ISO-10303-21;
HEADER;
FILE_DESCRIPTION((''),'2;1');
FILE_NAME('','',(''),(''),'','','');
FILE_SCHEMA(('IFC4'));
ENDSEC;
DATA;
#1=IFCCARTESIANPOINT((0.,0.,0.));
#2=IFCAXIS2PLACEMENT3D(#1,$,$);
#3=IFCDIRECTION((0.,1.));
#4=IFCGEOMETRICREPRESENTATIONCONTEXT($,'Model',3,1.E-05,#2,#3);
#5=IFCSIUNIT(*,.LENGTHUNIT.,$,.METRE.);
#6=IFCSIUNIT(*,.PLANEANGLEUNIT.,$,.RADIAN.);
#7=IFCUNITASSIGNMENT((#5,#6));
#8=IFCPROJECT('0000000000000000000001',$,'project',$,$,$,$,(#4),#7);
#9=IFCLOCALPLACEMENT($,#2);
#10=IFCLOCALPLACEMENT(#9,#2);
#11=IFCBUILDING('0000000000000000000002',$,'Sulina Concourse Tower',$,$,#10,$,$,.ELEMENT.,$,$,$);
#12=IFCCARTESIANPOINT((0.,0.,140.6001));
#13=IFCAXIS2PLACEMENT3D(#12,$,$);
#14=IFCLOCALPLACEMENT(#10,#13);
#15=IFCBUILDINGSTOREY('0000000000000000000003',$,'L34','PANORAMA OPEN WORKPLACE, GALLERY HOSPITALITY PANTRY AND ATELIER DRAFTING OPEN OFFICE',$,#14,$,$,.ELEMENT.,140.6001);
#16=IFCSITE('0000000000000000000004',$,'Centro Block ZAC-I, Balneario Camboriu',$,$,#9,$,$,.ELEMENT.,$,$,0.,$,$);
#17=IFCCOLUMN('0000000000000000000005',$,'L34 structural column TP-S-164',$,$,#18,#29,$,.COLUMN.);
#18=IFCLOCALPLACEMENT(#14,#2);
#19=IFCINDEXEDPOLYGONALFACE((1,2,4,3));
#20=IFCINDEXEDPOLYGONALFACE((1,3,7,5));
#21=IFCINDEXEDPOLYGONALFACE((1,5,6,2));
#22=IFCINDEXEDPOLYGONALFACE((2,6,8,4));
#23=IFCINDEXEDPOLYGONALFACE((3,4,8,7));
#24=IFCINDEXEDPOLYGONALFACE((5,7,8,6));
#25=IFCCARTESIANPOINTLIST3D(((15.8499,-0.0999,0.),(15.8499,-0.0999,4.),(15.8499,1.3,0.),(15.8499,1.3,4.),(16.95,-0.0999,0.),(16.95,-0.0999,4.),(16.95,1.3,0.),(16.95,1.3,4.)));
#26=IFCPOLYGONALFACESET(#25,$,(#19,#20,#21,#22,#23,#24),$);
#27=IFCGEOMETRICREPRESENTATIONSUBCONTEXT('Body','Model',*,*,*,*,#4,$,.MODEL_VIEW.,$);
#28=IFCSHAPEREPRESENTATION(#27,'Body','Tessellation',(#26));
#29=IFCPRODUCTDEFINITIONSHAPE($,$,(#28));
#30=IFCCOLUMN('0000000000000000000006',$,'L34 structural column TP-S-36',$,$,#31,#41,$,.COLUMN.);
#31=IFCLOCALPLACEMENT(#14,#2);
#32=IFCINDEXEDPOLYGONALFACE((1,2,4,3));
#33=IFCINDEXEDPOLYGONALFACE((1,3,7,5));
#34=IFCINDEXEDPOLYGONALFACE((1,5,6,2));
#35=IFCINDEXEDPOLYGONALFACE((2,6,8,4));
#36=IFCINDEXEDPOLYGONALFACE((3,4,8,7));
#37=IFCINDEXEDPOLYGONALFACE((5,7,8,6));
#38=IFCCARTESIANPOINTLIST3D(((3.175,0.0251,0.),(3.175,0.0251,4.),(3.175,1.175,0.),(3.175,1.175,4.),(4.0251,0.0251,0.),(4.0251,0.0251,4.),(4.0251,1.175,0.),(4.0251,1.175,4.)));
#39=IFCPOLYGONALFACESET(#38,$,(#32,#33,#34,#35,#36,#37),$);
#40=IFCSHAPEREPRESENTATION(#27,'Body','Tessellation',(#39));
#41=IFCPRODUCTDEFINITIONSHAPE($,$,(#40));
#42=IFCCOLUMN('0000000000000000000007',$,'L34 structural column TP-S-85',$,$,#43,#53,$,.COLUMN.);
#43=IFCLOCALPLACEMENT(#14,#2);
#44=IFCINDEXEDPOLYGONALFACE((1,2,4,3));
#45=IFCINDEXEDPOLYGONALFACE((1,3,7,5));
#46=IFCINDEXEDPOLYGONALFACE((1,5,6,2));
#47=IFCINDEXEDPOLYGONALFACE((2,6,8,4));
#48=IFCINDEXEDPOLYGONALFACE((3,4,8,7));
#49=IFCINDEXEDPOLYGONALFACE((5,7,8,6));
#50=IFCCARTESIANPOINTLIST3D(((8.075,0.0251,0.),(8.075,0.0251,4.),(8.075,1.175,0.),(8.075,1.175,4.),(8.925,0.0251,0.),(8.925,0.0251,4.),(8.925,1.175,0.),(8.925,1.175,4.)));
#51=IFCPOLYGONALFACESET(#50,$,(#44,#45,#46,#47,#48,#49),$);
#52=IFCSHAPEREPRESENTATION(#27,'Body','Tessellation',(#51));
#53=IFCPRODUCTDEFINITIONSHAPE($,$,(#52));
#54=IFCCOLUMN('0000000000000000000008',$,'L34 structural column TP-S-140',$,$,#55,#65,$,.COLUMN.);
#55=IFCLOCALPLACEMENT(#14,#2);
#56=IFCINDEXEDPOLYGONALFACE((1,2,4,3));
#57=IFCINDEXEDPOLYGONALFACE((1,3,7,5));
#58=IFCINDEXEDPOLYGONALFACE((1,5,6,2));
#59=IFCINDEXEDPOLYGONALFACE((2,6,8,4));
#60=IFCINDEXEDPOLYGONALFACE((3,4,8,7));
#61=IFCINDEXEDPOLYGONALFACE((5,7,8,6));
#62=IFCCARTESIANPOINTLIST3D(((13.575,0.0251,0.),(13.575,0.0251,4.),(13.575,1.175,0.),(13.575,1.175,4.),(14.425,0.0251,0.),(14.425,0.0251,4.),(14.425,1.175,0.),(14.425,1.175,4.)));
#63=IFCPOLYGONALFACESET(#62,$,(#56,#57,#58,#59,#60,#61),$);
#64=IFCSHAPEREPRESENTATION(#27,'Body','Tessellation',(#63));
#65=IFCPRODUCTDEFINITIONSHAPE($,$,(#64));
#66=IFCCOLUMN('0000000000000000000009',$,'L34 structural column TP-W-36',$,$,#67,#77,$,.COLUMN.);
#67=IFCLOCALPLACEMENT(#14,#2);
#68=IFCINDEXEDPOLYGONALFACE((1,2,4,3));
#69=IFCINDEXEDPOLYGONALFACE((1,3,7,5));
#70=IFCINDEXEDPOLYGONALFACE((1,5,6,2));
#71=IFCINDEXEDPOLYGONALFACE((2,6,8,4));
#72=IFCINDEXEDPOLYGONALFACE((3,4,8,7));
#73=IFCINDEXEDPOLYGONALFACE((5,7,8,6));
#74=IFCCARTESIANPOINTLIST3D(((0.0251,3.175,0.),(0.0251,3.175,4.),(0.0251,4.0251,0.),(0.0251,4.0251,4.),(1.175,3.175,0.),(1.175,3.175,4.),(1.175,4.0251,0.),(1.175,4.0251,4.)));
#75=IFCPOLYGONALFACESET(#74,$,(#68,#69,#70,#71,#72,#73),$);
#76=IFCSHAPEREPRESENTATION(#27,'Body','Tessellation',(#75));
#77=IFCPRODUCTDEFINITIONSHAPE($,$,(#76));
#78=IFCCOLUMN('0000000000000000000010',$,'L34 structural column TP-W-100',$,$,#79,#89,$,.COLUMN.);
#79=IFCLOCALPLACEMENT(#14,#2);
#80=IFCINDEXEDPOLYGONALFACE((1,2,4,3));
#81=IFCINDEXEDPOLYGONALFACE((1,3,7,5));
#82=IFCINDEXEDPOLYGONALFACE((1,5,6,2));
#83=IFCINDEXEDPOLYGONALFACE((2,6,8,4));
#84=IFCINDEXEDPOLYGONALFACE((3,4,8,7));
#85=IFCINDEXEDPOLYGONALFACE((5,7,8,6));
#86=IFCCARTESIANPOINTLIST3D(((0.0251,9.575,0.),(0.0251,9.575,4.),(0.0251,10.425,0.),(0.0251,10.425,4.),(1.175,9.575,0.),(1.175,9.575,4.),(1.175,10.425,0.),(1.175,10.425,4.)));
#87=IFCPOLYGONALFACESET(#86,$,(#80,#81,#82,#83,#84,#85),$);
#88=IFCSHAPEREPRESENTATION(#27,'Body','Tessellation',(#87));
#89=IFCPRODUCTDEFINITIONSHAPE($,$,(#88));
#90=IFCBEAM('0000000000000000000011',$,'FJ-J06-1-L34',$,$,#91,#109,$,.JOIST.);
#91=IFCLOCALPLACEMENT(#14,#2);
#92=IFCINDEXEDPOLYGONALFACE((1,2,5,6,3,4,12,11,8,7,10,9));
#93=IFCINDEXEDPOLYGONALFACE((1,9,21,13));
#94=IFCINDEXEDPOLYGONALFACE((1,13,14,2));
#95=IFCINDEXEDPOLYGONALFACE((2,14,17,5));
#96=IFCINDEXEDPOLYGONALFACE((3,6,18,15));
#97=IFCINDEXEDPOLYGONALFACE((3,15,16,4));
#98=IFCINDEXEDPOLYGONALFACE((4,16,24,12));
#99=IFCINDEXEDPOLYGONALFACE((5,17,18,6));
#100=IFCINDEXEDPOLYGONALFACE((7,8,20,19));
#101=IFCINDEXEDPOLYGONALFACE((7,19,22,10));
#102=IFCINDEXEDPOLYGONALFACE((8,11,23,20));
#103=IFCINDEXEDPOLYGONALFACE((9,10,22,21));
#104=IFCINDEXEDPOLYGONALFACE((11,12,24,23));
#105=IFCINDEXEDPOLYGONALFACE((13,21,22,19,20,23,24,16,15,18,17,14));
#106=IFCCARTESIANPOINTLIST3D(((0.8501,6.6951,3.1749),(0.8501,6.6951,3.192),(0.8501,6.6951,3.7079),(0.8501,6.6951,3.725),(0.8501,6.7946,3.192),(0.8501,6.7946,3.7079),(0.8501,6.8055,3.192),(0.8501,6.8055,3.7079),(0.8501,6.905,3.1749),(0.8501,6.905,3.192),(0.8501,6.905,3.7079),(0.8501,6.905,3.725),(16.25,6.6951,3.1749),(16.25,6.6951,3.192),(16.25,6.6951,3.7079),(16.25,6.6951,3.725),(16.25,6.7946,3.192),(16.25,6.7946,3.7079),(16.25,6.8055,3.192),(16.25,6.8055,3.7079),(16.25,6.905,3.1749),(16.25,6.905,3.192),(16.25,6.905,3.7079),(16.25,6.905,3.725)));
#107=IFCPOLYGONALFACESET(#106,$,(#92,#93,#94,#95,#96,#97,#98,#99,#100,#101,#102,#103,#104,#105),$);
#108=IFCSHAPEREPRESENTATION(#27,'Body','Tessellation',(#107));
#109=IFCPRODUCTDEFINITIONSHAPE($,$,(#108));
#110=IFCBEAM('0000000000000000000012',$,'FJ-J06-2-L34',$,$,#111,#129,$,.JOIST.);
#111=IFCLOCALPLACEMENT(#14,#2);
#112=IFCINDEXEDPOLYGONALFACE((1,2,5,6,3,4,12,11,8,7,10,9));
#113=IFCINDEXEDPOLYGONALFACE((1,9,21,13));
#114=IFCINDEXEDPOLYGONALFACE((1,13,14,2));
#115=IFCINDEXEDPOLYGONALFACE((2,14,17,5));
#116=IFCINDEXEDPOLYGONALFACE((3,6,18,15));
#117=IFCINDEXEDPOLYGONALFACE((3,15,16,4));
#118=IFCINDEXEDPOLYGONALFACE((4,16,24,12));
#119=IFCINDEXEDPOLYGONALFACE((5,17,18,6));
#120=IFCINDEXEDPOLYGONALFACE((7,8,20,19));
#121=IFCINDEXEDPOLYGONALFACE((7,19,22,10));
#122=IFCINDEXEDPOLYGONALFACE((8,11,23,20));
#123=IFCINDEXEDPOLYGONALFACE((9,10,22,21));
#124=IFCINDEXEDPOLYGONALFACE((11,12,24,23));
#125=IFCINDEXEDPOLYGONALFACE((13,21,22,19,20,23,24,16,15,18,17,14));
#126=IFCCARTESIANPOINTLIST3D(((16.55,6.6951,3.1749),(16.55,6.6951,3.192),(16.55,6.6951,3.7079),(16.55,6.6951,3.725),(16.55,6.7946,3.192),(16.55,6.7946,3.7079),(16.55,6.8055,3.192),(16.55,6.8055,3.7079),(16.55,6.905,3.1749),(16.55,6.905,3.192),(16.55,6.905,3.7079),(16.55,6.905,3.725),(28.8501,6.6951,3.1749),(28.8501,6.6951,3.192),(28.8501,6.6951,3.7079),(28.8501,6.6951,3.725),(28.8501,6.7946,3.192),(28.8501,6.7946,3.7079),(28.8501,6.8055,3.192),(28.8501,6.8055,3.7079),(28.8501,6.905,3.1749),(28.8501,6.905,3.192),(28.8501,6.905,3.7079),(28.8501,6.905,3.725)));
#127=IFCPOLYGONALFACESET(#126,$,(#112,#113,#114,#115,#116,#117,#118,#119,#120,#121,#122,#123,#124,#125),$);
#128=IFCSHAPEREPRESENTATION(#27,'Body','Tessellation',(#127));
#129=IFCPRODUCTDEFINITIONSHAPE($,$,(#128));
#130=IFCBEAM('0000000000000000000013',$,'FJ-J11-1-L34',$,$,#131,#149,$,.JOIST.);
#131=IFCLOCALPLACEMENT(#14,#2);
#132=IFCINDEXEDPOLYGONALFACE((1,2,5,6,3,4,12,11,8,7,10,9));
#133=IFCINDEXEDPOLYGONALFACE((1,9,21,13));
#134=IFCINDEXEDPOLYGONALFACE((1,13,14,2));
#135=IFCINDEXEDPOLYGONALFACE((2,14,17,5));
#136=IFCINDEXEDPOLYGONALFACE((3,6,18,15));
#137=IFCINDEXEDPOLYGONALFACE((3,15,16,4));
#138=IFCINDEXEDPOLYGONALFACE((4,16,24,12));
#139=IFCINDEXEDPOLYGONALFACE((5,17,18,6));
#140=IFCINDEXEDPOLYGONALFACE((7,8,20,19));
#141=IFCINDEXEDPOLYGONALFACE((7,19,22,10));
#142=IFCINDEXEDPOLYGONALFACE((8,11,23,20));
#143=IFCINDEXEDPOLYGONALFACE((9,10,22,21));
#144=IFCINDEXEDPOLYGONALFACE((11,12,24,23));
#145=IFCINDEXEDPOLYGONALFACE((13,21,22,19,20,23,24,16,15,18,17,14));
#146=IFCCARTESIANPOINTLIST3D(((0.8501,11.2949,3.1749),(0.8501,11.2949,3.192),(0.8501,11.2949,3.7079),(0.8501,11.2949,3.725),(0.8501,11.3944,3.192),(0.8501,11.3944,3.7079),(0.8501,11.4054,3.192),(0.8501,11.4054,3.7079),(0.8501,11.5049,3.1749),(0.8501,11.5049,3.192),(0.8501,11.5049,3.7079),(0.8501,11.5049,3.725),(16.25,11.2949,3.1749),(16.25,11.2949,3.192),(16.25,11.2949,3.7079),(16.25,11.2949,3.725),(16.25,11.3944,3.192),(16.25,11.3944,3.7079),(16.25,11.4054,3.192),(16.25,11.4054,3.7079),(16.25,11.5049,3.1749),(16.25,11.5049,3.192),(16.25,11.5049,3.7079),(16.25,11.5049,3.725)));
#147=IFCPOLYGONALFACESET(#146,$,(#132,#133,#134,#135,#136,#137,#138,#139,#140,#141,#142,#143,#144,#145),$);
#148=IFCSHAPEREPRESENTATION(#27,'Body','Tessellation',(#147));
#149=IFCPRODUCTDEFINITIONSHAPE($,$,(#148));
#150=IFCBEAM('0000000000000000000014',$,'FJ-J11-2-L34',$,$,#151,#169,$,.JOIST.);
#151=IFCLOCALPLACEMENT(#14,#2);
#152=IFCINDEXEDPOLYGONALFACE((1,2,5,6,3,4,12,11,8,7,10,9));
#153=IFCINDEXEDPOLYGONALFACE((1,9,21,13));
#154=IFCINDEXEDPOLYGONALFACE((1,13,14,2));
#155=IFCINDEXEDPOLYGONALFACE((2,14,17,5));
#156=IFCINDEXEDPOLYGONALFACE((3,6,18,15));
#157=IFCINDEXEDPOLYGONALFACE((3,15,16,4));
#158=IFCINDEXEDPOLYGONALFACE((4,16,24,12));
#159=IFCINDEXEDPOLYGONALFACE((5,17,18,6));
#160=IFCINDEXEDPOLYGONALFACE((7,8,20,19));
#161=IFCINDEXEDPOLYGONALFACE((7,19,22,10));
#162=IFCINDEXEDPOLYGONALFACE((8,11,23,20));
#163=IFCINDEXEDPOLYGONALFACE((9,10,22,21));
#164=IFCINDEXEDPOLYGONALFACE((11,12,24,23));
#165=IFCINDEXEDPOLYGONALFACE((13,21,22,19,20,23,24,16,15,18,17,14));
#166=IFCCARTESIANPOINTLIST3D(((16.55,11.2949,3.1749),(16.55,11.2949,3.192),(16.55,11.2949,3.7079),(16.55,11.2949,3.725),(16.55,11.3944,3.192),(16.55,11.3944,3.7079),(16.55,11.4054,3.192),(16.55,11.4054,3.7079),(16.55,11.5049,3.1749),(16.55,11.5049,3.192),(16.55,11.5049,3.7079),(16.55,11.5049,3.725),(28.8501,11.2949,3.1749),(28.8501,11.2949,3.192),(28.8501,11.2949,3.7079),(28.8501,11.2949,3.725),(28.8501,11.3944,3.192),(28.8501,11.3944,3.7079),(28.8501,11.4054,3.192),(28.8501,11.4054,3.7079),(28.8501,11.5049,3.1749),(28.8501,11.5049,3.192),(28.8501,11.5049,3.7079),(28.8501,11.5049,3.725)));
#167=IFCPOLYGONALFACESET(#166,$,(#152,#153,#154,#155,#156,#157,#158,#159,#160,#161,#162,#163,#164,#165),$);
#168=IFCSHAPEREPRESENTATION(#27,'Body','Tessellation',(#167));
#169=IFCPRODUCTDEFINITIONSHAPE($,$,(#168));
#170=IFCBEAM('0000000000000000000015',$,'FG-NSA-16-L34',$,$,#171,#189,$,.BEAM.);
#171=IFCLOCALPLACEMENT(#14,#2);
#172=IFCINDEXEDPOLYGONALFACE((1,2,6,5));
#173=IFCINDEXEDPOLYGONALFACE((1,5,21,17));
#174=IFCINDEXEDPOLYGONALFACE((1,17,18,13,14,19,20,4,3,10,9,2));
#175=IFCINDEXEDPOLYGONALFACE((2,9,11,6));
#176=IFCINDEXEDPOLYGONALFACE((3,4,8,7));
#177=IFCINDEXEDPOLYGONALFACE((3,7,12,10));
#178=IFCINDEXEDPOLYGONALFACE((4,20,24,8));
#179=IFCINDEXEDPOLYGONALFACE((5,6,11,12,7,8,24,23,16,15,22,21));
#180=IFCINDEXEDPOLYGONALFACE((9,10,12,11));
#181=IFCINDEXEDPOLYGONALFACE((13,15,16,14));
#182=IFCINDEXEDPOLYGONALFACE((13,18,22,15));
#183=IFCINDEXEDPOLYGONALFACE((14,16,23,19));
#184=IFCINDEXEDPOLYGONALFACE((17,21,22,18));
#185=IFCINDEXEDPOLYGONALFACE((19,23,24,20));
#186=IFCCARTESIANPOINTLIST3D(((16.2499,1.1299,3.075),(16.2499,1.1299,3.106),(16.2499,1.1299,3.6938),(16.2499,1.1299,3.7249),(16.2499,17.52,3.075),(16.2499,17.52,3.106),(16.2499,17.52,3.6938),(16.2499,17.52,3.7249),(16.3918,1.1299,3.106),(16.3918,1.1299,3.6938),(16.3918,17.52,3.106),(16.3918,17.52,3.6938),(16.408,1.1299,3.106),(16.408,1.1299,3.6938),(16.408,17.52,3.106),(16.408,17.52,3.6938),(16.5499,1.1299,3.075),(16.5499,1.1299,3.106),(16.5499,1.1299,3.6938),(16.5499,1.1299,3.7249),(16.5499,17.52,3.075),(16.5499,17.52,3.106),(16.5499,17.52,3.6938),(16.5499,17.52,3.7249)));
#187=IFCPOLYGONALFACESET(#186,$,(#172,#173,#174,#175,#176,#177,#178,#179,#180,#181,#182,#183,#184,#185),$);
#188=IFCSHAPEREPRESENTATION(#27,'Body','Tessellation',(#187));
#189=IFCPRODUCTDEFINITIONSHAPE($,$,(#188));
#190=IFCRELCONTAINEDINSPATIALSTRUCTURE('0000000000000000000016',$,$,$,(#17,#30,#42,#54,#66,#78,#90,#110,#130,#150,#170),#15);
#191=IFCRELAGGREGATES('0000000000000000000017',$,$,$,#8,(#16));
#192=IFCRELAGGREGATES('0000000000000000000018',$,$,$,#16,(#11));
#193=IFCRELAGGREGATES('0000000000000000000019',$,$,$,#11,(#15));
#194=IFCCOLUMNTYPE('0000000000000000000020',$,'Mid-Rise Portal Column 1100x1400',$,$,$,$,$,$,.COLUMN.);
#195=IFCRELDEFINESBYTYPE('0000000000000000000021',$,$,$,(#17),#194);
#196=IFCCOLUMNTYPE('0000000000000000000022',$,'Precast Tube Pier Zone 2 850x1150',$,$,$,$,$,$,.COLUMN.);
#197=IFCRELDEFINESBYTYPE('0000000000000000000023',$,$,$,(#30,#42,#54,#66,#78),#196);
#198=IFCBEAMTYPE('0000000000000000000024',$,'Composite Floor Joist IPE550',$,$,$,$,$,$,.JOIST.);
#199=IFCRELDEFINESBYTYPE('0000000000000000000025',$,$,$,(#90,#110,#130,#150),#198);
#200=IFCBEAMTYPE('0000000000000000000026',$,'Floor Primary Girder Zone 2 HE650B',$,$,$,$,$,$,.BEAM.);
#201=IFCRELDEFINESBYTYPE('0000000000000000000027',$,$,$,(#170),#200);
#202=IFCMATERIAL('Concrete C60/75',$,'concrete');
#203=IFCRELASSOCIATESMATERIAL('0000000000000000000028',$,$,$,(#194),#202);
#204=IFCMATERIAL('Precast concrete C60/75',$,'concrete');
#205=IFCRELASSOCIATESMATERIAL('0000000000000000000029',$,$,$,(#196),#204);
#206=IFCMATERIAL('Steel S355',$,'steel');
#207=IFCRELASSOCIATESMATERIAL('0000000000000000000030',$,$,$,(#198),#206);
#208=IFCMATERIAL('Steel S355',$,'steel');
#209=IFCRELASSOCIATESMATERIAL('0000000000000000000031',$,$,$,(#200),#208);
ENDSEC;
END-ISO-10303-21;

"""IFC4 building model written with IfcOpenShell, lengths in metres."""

from ifc_helpers import new_model, si_unit, direction, frame, origin, origin_2d, place, context, subcontext, project, spatial, rectangle, i_section, extrude, material, material_profile, profile_set, type_object, element, save


model = new_model("IFC4")

# Units and contexts
model_context = context("Model", 3, precision=1e-05, world=origin(), true_north=direction((0.0, 1.0)))
body_context = subcontext(model_context, "Body", "Model", "MODEL_VIEW")
ifc_project = project(units=[si_unit("LENGTHUNIT", "METRE"), si_unit("PLANEANGLEUNIT", "RADIAN")], contexts=[model_context])

# Site, building, storey
site_placement = place(None, origin())
site = spatial("IfcSite", under=ifc_project, at=site_placement, Name="Centro Block ZAC-I, Balneario Camboriu", CompositionType="ELEMENT", RefElevation=0.0)
building_placement = place(site_placement, origin())
building = spatial("IfcBuilding", under=site, at=building_placement, Name="Sulina Concourse Tower", CompositionType="ELEMENT")
storey_placement = place(building_placement, frame((0.0, 0.0, 140.6001)))
storey = spatial("IfcBuildingStorey", under=building, at=storey_placement, Name="L34", Description="PANORAMA OPEN WORKPLACE, GALLERY HOSPITALITY PANTRY AND ATELIER DRAFTING OPEN OFFICE", CompositionType="ELEMENT", Elevation=140.6001)

# Columns
ifc_material_1 = material(Name="Concrete C60/75", Category="concrete")
ifc_material_profile_1 = material_profile(ifc_material_1, rectangle(XDim=1.1001, YDim=1.3999, at=origin_2d()), Name="RC 1100x1400")
ifc_profile_set_1 = profile_set([ifc_material_profile_1], Name="Concrete C60/75")
column_type_1 = type_object("IfcColumnType", Name="Mid-Rise Portal Column 1100x1400", PredefinedType="COLUMN", material=ifc_profile_set_1)
column_placement = place(storey_placement, frame((16.3999, 0.6001, 0.0), z_axis=(0.0, 0.0, 1.0), x_axis=(1.0, 0.0, 0.0)))
element("IfcColumn", 1, at=column_placement, inside=storey, type_object=column_type_1, Name="L34 structural column TP-S-164", PredefinedType="COLUMN", context=body_context, shape_type="SweptSolid", body=[
    extrude(rectangle(XDim=1.1001, YDim=1.3999, at=origin_2d()), origin(), (0.0, 0.0, 1.0), 4.0),
])
ifc_material_2 = material(Name="Precast concrete C60/75", Category="concrete")
ifc_material_profile_2 = material_profile(ifc_material_2, rectangle(XDim=0.8501, YDim=1.1499, at=origin_2d()), Name="PC 850x1150")
ifc_profile_set_2 = profile_set([ifc_material_profile_2], Name="Precast concrete C60/75")
column_type_2 = type_object("IfcColumnType", Name="Precast Tube Pier Zone 2 850x1150", PredefinedType="COLUMN", material=ifc_profile_set_2)
for number, where, z_axis, x_axis, name in (
    (2, (3.6001, 0.6001, 0.0), (0.0, 0.0, 1.0), (1.0, 0.0, 0.0), "L34 structural column TP-S-36"),
    (3, (8.5, 0.6001, 0.0), (0.0, 0.0, 1.0), (1.0, 0.0, 0.0), "L34 structural column TP-S-85"),
    (4, (14.0, 0.6001, 0.0), (0.0, 0.0, 1.0), (1.0, 0.0, 0.0), "L34 structural column TP-S-140"),
    (5, (0.6001, 3.6001, 0.0), (0.0, 0.0, 1.0), (0.0, 1.0, 0.0), "L34 structural column TP-W-36"),
    (6, (0.6001, 10.0, 0.0), (0.0, 0.0, 1.0), (0.0, 1.0, 0.0), "L34 structural column TP-W-100"),
):
    element("IfcColumn", number, at=place(storey_placement, frame(where, z_axis=z_axis, x_axis=x_axis)), inside=storey, type_object=column_type_2, Name=name, PredefinedType="COLUMN", context=body_context, shape_type="SweptSolid", body=[
        extrude(rectangle(XDim=0.8501, YDim=1.1499, at=origin_2d()), origin(), (0.0, 0.0, 1.0), 4.0),
    ])

# Beams
ifc_material_3 = material(Name="Steel S355", Category="steel")
ifc_material_profile_3 = material_profile(ifc_material_3, i_section(OverallWidth=0.21, OverallDepth=0.55, WebThickness=0.011, FlangeThickness=0.0171, at=origin_2d()), Name="IPE 550")
ifc_profile_set_3 = profile_set([ifc_material_profile_3], Name="Steel S355")
beam_type_1 = type_object("IfcBeamType", Name="Composite Floor Joist IPE550", PredefinedType="JOIST", material=ifc_profile_set_3)
beam_1_placement = place(storey_placement, frame((0.8501, 6.8, 3.45), z_axis=(1.0, 0.0, 0.0), x_axis=(0.0, 1.0, 0.0)))
element("IfcBeam", 7, at=beam_1_placement, inside=storey, type_object=beam_type_1, Name="FJ-J06-1-L34", PredefinedType="JOIST", context=body_context, shape_type="SweptSolid", body=[
    extrude(i_section(OverallWidth=0.21, OverallDepth=0.55, WebThickness=0.011, FlangeThickness=0.0171, at=origin_2d()), origin(), (0.0, 0.0, 1.0), 15.3999),
])
beam_2_placement = place(storey_placement, frame((16.55, 6.8, 3.45), z_axis=(1.0, 0.0, 0.0), x_axis=(0.0, 1.0, 0.0)))
element("IfcBeam", 8, at=beam_2_placement, inside=storey, type_object=beam_type_1, Name="FJ-J06-2-L34", PredefinedType="JOIST", context=body_context, shape_type="SweptSolid", body=[
    extrude(i_section(OverallWidth=0.21, OverallDepth=0.55, WebThickness=0.011, FlangeThickness=0.0171, at=origin_2d()), origin(), (0.0, 0.0, 1.0), 12.3),
])
beam_3_placement = place(storey_placement, frame((0.8501, 11.3999, 3.45), z_axis=(1.0, 0.0, 0.0), x_axis=(0.0, 1.0, 0.0)))
element("IfcBeam", 9, at=beam_3_placement, inside=storey, type_object=beam_type_1, Name="FJ-J11-1-L34", PredefinedType="JOIST", context=body_context, shape_type="SweptSolid", body=[
    extrude(i_section(OverallWidth=0.21, OverallDepth=0.55, WebThickness=0.011, FlangeThickness=0.0171, at=origin_2d()), origin(), (0.0, 0.0, 1.0), 15.3999),
])
beam_4_placement = place(storey_placement, frame((16.55, 11.3999, 3.45), z_axis=(1.0, 0.0, 0.0), x_axis=(0.0, 1.0, 0.0)))
element("IfcBeam", 10, at=beam_4_placement, inside=storey, type_object=beam_type_1, Name="FJ-J11-2-L34", PredefinedType="JOIST", context=body_context, shape_type="SweptSolid", body=[
    extrude(i_section(OverallWidth=0.21, OverallDepth=0.55, WebThickness=0.011, FlangeThickness=0.0171, at=origin_2d()), origin(), (0.0, 0.0, 1.0), 12.3),
])
ifc_material_4 = material(Name="Steel S355", Category="steel")
ifc_material_profile_4 = material_profile(ifc_material_4, i_section(OverallWidth=0.3, OverallDepth=0.6499, WebThickness=0.0161, FlangeThickness=0.031, at=origin_2d()), Name="HE 650 B")
ifc_profile_set_4 = profile_set([ifc_material_profile_4], Name="Steel S355")
beam_type_2 = type_object("IfcBeamType", Name="Floor Primary Girder Zone 2 HE650B", PredefinedType="BEAM", material=ifc_profile_set_4)
beam_5_placement = place(storey_placement, frame((16.3999, 1.1299, 3.3999), z_axis=(0.0, 1.0, 0.0), x_axis=(-1.0, 0.0, 0.0)))
element("IfcBeam", 11, at=beam_5_placement, inside=storey, type_object=beam_type_2, Name="FG-NSA-16-L34", PredefinedType="BEAM", context=body_context, shape_type="SweptSolid", body=[
    extrude(i_section(OverallWidth=0.3, OverallDepth=0.6499, WebThickness=0.0161, FlangeThickness=0.031, at=origin_2d()), origin(), (0.0, 0.0, 1.0), 16.3901),
])

save(model, "model.ifc")
